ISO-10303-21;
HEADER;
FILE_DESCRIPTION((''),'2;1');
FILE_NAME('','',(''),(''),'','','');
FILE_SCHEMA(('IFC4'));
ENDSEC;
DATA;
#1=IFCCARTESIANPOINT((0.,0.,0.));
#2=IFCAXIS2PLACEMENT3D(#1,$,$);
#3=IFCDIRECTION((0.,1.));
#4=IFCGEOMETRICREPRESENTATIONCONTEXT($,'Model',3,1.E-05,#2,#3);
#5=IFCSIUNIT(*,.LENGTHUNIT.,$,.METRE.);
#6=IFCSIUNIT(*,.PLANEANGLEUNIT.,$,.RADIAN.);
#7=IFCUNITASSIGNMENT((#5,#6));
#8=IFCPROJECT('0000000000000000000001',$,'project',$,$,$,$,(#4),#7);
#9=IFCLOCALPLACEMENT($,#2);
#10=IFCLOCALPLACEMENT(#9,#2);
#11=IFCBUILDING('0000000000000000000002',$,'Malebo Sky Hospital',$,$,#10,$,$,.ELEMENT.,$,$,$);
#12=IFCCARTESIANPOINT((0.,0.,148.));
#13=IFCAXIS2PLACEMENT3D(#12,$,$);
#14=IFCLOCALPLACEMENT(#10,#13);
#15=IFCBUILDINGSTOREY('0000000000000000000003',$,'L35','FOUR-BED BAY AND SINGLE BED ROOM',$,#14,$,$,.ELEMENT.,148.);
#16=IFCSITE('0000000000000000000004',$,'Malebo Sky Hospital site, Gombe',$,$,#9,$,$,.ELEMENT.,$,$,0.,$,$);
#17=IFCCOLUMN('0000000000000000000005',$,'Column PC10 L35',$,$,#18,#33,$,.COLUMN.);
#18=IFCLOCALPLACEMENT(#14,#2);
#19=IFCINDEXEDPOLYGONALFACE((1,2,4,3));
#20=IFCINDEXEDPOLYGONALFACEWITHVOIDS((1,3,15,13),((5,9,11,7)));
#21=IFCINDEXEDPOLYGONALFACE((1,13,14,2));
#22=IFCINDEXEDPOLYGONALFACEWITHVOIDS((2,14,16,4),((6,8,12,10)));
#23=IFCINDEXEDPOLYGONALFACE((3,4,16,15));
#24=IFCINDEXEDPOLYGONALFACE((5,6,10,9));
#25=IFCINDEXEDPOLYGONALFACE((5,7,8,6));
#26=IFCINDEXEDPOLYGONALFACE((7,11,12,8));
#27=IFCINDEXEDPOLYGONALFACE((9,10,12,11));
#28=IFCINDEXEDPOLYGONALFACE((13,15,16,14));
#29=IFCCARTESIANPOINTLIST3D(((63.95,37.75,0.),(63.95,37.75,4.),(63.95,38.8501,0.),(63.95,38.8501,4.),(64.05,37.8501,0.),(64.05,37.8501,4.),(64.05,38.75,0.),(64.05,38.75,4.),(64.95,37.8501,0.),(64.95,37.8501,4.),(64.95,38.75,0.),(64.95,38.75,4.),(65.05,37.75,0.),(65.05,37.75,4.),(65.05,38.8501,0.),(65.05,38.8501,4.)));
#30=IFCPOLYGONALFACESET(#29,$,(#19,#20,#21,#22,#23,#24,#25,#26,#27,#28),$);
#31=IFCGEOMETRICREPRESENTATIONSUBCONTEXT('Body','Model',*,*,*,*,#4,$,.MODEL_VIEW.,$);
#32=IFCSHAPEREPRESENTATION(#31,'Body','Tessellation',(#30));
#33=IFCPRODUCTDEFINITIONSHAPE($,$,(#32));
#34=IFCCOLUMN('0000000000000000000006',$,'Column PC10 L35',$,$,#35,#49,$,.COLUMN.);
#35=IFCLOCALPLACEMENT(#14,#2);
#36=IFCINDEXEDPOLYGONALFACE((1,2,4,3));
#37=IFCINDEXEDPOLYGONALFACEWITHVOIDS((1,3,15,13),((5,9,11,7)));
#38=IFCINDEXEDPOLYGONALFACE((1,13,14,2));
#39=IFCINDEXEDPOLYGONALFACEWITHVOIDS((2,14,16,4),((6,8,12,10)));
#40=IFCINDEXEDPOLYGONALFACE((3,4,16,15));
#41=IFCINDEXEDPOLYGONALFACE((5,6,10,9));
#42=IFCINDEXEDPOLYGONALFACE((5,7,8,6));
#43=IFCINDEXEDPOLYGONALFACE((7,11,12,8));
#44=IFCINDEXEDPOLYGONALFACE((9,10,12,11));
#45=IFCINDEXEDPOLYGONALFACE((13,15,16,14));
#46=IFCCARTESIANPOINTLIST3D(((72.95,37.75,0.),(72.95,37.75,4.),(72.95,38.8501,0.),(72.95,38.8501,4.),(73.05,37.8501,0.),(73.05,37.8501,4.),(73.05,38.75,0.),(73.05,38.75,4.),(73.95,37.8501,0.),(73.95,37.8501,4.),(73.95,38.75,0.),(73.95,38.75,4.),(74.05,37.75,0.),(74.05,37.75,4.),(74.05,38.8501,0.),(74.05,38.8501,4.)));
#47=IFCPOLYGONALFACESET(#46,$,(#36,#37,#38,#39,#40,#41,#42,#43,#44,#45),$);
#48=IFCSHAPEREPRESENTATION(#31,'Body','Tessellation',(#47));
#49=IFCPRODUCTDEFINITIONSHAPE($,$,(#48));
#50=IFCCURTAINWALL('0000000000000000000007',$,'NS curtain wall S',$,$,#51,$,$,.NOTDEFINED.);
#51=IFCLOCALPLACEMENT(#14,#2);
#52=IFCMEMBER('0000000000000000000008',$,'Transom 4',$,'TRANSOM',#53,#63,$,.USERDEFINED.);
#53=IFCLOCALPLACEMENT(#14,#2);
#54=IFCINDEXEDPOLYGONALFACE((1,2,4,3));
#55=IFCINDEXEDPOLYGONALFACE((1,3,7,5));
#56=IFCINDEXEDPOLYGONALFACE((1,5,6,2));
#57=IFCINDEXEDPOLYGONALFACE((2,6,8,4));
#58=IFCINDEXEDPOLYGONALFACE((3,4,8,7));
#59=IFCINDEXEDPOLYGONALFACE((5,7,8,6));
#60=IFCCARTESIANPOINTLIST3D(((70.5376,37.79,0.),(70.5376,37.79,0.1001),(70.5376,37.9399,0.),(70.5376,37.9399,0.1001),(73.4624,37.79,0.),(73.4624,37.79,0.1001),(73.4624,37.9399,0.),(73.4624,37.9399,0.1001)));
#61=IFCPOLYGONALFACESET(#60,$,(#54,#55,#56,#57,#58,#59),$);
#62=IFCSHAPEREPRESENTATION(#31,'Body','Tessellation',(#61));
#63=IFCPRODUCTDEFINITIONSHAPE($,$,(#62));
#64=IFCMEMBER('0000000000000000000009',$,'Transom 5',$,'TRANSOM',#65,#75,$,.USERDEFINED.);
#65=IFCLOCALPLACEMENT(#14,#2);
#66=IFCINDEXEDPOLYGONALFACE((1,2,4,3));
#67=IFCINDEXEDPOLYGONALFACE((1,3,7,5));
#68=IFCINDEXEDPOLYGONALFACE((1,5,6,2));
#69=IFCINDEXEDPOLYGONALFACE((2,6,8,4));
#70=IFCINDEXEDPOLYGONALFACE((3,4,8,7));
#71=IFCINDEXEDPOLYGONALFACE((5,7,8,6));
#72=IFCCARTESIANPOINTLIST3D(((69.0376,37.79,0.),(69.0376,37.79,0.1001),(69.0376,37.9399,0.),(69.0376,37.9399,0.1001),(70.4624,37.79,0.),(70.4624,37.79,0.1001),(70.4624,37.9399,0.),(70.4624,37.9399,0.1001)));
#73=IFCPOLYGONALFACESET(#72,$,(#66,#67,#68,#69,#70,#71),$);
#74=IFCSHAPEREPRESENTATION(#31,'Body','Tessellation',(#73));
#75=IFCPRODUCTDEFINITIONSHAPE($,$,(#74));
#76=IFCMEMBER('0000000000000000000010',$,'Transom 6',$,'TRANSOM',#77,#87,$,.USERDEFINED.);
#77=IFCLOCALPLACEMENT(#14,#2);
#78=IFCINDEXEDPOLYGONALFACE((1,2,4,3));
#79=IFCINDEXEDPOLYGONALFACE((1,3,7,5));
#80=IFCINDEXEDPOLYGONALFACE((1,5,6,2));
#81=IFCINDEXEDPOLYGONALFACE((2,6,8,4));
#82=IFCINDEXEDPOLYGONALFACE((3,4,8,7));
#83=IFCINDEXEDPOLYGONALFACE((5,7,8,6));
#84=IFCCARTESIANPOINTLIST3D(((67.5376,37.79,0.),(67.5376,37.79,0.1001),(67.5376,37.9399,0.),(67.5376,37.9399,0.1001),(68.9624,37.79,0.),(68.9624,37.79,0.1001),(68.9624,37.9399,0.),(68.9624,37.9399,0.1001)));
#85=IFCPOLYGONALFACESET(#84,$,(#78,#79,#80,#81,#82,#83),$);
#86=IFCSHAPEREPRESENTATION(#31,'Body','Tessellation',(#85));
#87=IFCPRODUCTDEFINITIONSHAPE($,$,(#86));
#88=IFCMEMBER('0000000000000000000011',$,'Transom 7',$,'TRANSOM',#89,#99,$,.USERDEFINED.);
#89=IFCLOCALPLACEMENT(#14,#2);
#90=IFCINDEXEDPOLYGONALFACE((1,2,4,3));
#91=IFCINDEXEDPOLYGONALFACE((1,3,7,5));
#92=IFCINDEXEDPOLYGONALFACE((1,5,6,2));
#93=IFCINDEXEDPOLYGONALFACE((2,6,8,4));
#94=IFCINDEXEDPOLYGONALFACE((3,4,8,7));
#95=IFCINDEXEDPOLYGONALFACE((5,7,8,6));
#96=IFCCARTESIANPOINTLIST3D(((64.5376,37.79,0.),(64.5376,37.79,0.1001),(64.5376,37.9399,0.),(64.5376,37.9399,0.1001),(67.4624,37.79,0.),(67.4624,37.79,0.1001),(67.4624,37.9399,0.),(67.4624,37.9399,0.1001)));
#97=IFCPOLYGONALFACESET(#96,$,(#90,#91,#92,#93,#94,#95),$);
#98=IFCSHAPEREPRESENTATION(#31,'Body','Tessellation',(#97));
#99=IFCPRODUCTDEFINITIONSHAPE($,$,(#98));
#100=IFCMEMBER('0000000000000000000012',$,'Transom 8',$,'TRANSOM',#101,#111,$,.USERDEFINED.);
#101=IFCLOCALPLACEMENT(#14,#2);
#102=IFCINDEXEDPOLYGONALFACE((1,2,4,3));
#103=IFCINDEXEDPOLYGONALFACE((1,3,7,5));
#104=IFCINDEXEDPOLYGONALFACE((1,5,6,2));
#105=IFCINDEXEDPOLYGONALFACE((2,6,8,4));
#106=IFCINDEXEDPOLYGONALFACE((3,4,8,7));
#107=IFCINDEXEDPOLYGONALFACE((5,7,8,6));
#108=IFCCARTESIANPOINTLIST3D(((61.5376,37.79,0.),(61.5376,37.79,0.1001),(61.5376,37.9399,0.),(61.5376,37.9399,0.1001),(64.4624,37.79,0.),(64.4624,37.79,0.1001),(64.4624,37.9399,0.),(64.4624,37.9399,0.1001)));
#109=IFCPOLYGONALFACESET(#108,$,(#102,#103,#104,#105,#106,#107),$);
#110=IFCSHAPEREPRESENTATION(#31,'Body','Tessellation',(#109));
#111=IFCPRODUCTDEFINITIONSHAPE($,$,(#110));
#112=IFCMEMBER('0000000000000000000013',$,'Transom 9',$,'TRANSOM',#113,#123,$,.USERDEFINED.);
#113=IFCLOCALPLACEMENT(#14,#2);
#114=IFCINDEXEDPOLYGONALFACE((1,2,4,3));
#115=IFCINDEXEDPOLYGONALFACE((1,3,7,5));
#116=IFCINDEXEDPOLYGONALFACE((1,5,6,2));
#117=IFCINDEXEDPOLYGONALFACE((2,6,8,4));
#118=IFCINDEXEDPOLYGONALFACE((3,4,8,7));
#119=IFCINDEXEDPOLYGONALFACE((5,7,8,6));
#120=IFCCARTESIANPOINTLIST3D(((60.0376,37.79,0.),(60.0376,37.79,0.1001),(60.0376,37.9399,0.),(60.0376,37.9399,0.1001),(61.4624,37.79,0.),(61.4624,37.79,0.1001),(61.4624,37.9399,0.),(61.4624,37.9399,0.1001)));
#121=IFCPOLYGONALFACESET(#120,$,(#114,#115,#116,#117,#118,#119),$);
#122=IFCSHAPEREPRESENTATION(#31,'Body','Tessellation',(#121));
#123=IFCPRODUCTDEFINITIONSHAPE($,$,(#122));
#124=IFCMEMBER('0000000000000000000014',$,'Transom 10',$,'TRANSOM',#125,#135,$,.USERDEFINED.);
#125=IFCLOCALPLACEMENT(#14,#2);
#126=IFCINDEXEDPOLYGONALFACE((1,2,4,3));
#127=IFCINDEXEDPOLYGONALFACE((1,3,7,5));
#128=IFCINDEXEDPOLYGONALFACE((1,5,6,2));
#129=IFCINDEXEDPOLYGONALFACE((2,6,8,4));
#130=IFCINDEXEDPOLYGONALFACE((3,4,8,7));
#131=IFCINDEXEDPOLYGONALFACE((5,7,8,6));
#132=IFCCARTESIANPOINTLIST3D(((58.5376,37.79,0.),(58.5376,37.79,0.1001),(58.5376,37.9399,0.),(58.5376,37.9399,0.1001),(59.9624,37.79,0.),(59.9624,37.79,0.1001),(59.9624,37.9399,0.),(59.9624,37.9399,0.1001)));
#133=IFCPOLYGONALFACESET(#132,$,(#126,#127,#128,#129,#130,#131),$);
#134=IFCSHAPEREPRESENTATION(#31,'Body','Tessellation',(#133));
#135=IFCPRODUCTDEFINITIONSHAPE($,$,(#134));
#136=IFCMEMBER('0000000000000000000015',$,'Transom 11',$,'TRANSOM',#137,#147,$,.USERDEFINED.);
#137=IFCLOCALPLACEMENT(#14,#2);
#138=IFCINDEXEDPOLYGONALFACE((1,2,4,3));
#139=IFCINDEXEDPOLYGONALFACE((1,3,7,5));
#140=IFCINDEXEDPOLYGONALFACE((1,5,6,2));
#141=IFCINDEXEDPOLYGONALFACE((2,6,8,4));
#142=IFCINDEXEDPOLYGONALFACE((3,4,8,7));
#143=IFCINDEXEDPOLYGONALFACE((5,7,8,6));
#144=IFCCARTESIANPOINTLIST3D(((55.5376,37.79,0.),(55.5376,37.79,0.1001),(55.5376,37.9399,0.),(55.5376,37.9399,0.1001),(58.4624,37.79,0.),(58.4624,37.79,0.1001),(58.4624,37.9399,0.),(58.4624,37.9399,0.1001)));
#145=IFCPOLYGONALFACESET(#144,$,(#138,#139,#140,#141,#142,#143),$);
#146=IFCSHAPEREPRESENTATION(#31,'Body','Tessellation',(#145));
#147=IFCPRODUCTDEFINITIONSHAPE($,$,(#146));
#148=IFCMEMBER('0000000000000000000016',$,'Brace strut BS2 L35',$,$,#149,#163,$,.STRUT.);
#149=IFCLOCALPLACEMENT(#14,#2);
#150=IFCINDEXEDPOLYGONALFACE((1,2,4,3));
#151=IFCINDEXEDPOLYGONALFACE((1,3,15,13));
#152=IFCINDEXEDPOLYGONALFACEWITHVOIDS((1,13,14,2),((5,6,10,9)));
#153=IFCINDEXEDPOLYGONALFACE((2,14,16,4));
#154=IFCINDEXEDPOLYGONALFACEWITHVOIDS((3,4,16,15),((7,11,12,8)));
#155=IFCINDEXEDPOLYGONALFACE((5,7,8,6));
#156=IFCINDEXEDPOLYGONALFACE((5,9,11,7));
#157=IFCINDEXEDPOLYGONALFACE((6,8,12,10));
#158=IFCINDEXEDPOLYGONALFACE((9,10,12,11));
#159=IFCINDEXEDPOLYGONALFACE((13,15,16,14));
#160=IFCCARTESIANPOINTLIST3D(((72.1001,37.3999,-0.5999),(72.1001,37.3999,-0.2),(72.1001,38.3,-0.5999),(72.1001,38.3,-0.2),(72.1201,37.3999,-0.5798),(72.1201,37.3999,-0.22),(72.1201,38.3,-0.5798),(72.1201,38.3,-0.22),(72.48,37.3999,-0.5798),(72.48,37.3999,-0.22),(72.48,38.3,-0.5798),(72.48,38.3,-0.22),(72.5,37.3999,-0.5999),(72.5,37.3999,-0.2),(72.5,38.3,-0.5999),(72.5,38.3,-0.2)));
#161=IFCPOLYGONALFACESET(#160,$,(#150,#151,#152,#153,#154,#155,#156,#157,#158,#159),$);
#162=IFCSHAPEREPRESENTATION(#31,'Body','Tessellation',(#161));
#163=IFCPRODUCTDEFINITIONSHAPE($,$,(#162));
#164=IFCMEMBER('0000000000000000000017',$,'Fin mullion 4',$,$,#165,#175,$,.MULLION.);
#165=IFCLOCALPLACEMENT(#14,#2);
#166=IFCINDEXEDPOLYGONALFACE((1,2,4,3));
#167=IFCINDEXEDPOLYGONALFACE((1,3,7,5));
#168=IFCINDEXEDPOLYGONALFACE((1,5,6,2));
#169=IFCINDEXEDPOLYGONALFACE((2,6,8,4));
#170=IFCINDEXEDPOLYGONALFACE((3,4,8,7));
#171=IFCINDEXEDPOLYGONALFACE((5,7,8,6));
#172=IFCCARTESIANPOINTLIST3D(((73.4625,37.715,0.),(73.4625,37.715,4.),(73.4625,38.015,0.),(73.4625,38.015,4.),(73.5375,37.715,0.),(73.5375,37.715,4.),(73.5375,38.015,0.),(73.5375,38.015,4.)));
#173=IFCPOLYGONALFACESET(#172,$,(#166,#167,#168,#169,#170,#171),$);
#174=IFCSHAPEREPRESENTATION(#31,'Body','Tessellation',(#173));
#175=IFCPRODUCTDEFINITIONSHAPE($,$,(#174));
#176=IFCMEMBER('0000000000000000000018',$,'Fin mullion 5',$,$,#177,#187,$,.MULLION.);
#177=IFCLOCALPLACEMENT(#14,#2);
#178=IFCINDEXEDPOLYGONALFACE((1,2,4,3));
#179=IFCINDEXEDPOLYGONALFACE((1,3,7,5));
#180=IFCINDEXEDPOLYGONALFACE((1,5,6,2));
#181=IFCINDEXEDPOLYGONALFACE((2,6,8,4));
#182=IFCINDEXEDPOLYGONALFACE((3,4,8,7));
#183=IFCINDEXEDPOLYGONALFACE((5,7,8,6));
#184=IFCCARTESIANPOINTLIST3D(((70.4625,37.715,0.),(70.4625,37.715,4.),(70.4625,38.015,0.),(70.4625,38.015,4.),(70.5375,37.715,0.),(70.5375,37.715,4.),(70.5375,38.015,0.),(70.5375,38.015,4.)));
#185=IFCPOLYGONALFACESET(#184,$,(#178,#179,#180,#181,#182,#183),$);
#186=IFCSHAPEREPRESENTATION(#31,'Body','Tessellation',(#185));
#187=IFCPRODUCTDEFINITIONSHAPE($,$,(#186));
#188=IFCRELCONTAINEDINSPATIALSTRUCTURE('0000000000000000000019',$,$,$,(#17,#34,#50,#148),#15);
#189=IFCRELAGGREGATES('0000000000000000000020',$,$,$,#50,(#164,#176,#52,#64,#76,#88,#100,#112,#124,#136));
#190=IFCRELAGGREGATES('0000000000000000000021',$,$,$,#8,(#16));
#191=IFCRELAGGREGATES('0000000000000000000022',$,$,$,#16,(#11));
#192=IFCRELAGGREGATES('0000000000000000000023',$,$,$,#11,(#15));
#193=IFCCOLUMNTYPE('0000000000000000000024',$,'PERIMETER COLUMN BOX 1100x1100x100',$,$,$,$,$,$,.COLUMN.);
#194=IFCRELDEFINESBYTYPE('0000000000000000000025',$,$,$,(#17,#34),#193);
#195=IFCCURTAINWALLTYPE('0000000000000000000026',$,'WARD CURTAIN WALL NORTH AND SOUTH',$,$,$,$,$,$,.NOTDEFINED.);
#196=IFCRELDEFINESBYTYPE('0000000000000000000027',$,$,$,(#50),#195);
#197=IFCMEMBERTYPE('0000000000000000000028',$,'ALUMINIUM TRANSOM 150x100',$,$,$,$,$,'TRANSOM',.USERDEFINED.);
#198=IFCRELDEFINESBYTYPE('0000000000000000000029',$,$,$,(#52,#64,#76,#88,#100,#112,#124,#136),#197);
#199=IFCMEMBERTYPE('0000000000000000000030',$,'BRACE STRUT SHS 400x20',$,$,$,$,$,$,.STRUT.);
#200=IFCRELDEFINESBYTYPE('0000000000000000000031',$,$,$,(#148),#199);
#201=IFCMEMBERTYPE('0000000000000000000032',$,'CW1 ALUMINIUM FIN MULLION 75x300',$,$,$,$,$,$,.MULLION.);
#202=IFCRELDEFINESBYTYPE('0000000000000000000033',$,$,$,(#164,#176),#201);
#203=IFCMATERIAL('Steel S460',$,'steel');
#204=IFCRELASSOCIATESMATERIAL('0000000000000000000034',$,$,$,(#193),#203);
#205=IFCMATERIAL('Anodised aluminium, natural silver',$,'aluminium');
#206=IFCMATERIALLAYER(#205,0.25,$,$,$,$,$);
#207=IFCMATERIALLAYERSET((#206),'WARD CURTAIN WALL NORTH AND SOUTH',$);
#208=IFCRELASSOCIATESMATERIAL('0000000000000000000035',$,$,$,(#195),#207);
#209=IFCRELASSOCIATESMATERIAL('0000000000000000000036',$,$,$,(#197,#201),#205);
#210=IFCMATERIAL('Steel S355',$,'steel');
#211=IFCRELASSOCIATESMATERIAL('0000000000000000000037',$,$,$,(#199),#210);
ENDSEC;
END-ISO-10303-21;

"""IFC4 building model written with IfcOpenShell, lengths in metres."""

from ifc_helpers import new_model, si_unit, direction, frame, origin, origin_2d, place, context, subcontext, project, spatial, rectangle, hollow_rectangle, extrude, material, layer, layer_set, material_profile, profile_set, type_object, element, aggregate, save


model = new_model("IFC4")

# Units and contexts
model_context = context("Model", 3, precision=1e-05, world=origin(), true_north=direction((0.0, 1.0)))
body_context = subcontext(model_context, "Body", "Model", "MODEL_VIEW")
ifc_project = project(units=[si_unit("LENGTHUNIT", "METRE"), si_unit("PLANEANGLEUNIT", "RADIAN")], contexts=[model_context])

# Site, building, storey
site_placement = place(None, origin())
site = spatial("IfcSite", under=ifc_project, at=site_placement, Name="Malebo Sky Hospital site, Gombe", CompositionType="ELEMENT", RefElevation=0.0)
building_placement = place(site_placement, origin())
building = spatial("IfcBuilding", under=site, at=building_placement, Name="Malebo Sky Hospital", CompositionType="ELEMENT")
storey_placement = place(building_placement, frame((0.0, 0.0, 148.0)))
storey = spatial("IfcBuildingStorey", under=building, at=storey_placement, Name="L35", Description="FOUR-BED BAY AND SINGLE BED ROOM", CompositionType="ELEMENT", Elevation=148.0)

# Columns
ifc_material_1 = material(Name="Steel S460", Category="steel")
ifc_material_profile_1 = material_profile(ifc_material_1, hollow_rectangle(XDim=1.1001, YDim=1.1001, WallThickness=0.1001, at=origin_2d()), Name="BOX 1100x1100x100")
ifc_profile_set_1 = profile_set([ifc_material_profile_1], Name="Steel S460")
column_type = type_object("IfcColumnType", Name="PERIMETER COLUMN BOX 1100x1100x100", PredefinedType="COLUMN", material=ifc_profile_set_1)
for number, where, z_axis, x_axis, name in (
    (1, (64.5, 38.3, 0.0), (0.0, 0.0, 1.0), (1.0, 0.0, 0.0), "Column PC10 L35"),
    (2, (73.5, 38.3, 0.0), (0.0, 0.0, 1.0), (1.0, 0.0, 0.0), "Column PC10 L35"),
):
    element("IfcColumn", number, at=place(storey_placement, frame(where, z_axis=z_axis, x_axis=x_axis)), inside=storey, type_object=column_type, Name=name, PredefinedType="COLUMN", context=body_context, shape_type="SweptSolid", body=[
        extrude(hollow_rectangle(XDim=1.1001, YDim=1.1001, WallThickness=0.1001, at=origin_2d()), origin(), (0.0, 0.0, 1.0), 4.0),
    ])

# Curtain wall, members
ifc_material_2 = material(Name="Anodised aluminium, natural silver", Category="aluminium")
ifc_layer_1 = layer(ifc_material_2, 0.25)
ifc_layer_set_1 = layer_set([ifc_layer_1], Name="WARD CURTAIN WALL NORTH AND SOUTH")
curtain_wall_type = type_object("IfcCurtainWallType", Name="WARD CURTAIN WALL NORTH AND SOUTH", PredefinedType="NOTDEFINED", material=ifc_layer_set_1)
curtain_wall_placement = place(storey_placement, origin())
curtain_wall = element("IfcCurtainWall", 3, at=curtain_wall_placement, inside=storey, type_object=curtain_wall_type, Name="NS curtain wall S", PredefinedType="NOTDEFINED")
ifc_material_profile_2 = material_profile(ifc_material_2, rectangle(XDim=0.1499, YDim=0.1001, at=origin_2d()), Name="ALUMINIUM TRANSOM 150x100")
ifc_profile_set_2 = profile_set([ifc_material_profile_2], Name="Anodised aluminium, natural silver")
member_type_1 = type_object("IfcMemberType", Name="ALUMINIUM TRANSOM 150x100", ElementType="TRANSOM", PredefinedType="USERDEFINED", material=ifc_profile_set_2)
member_1_placement = place(storey_placement, frame((73.4624, 37.865, 0.05), z_axis=(-1.0, 0.0, 0.0), x_axis=(0.0, -1.0, 0.0)))
member_1 = element("IfcMember", 4, at=member_1_placement, type_object=member_type_1, Name="Transom 4", ObjectType="TRANSOM", PredefinedType="USERDEFINED", context=body_context, shape_type="SweptSolid", body=[
    extrude(rectangle(XDim=0.1499, YDim=0.1001, at=origin_2d()), origin(), (0.0, 0.0, 1.0), 2.9248),
])
member_2_placement = place(storey_placement, frame((70.4624, 37.865, 0.05), z_axis=(-1.0, 0.0, 0.0), x_axis=(0.0, -1.0, 0.0)))
member_2 = element("IfcMember", 5, at=member_2_placement, type_object=member_type_1, Name="Transom 5", ObjectType="TRANSOM", PredefinedType="USERDEFINED", context=body_context, shape_type="SweptSolid", body=[
    extrude(rectangle(XDim=0.1499, YDim=0.1001, at=origin_2d()), origin(), (0.0, 0.0, 1.0), 1.4248),
])
member_3_placement = place(storey_placement, frame((68.9624, 37.865, 0.05), z_axis=(-1.0, 0.0, 0.0), x_axis=(0.0, -1.0, 0.0)))
member_3 = element("IfcMember", 6, at=member_3_placement, type_object=member_type_1, Name="Transom 6", ObjectType="TRANSOM", PredefinedType="USERDEFINED", context=body_context, shape_type="SweptSolid", body=[
    extrude(rectangle(XDim=0.1499, YDim=0.1001, at=origin_2d()), origin(), (0.0, 0.0, 1.0), 1.4248),
])
member_4_placement = place(storey_placement, frame((67.4624, 37.865, 0.05), z_axis=(-1.0, 0.0, 0.0), x_axis=(0.0, -1.0, 0.0)))
member_4 = element("IfcMember", 7, at=member_4_placement, type_object=member_type_1, Name="Transom 7", ObjectType="TRANSOM", PredefinedType="USERDEFINED", context=body_context, shape_type="SweptSolid", body=[
    extrude(rectangle(XDim=0.1499, YDim=0.1001, at=origin_2d()), origin(), (0.0, 0.0, 1.0), 2.9248),
])
member_5_placement = place(storey_placement, frame((64.4624, 37.865, 0.05), z_axis=(-1.0, 0.0, 0.0), x_axis=(0.0, -1.0, 0.0)))
member_5 = element("IfcMember", 8, at=member_5_placement, type_object=member_type_1, Name="Transom 8", ObjectType="TRANSOM", PredefinedType="USERDEFINED", context=body_context, shape_type="SweptSolid", body=[
    extrude(rectangle(XDim=0.1499, YDim=0.1001, at=origin_2d()), origin(), (0.0, 0.0, 1.0), 2.9248),
])
member_6_placement = place(storey_placement, frame((61.4624, 37.865, 0.05), z_axis=(-1.0, 0.0, 0.0), x_axis=(0.0, -1.0, 0.0)))
member_6 = element("IfcMember", 9, at=member_6_placement, type_object=member_type_1, Name="Transom 9", ObjectType="TRANSOM", PredefinedType="USERDEFINED", context=body_context, shape_type="SweptSolid", body=[
    extrude(rectangle(XDim=0.1499, YDim=0.1001, at=origin_2d()), origin(), (0.0, 0.0, 1.0), 1.4248),
])
member_7_placement = place(storey_placement, frame((59.9624, 37.865, 0.05), z_axis=(-1.0, 0.0, 0.0), x_axis=(0.0, -1.0, 0.0)))
member_7 = element("IfcMember", 10, at=member_7_placement, type_object=member_type_1, Name="Transom 10", ObjectType="TRANSOM", PredefinedType="USERDEFINED", context=body_context, shape_type="SweptSolid", body=[
    extrude(rectangle(XDim=0.1499, YDim=0.1001, at=origin_2d()), origin(), (0.0, 0.0, 1.0), 1.4248),
])
member_8_placement = place(storey_placement, frame((58.4624, 37.865, 0.05), z_axis=(-1.0, 0.0, 0.0), x_axis=(0.0, -1.0, 0.0)))
member_8 = element("IfcMember", 11, at=member_8_placement, type_object=member_type_1, Name="Transom 11", ObjectType="TRANSOM", PredefinedType="USERDEFINED", context=body_context, shape_type="SweptSolid", body=[
    extrude(rectangle(XDim=0.1499, YDim=0.1001, at=origin_2d()), origin(), (0.0, 0.0, 1.0), 2.9248),
])

# Members
ifc_material_3 = material(Name="Steel S355", Category="steel")
ifc_material_profile_3 = material_profile(ifc_material_3, hollow_rectangle(XDim=0.3999, YDim=0.3999, WallThickness=0.02, at=origin_2d()), Name="SHS 400x20")
ifc_profile_set_3 = profile_set([ifc_material_profile_3], Name="Steel S355")
member_type_2 = type_object("IfcMemberType", Name="BRACE STRUT SHS 400x20", PredefinedType="STRUT", material=ifc_profile_set_3)
member_9_placement = place(storey_placement, frame((72.3, 37.3999, -0.3999), z_axis=(0.0, 1.0, 0.0), x_axis=(-1.0, 0.0, 0.0)))
element("IfcMember", 12, at=member_9_placement, inside=storey, type_object=member_type_2, Name="Brace strut BS2 L35", PredefinedType="STRUT", context=body_context, shape_type="SweptSolid", body=[
    extrude(hollow_rectangle(XDim=0.3999, YDim=0.3999, WallThickness=0.02, at=origin_2d()), origin(), (0.0, 0.0, 1.0), 0.9001),
])
ifc_material_profile_4 = material_profile(ifc_material_2, rectangle(XDim=0.075, YDim=0.3, at=origin_2d()), Name="CW1 ALUMINIUM FIN MULLION 75x300")
ifc_profile_set_4 = profile_set([ifc_material_profile_4], Name="Anodised aluminium, natural silver")
member_type_3 = type_object("IfcMemberType", Name="CW1 ALUMINIUM FIN MULLION 75x300", PredefinedType="MULLION", material=ifc_profile_set_4)
member_10_placement = place(storey_placement, frame((73.5, 37.865, 0.0), z_axis=(0.0, 0.0, 1.0), x_axis=(-1.0, 0.0, 0.0)))
member_10 = element("IfcMember", 13, at=member_10_placement, type_object=member_type_3, Name="Fin mullion 4", PredefinedType="MULLION", context=body_context, shape_type="SweptSolid", body=[
    extrude(rectangle(XDim=0.075, YDim=0.3, at=origin_2d()), origin(), (0.0, 0.0, 1.0), 4.0),
])
member_11_placement = place(storey_placement, frame((70.5, 37.865, 0.0), z_axis=(0.0, 0.0, 1.0), x_axis=(-1.0, 0.0, 0.0)))
member_11 = element("IfcMember", 14, at=member_11_placement, type_object=member_type_3, Name="Fin mullion 5", PredefinedType="MULLION", context=body_context, shape_type="SweptSolid", body=[
    extrude(rectangle(XDim=0.075, YDim=0.3, at=origin_2d()), origin(), (0.0, 0.0, 1.0), 4.0),
])

aggregate(curtain_wall, [member_10, member_11, member_1, member_2, member_3, member_4, member_5, member_6, member_7, member_8])

save(model, "model.ifc")
